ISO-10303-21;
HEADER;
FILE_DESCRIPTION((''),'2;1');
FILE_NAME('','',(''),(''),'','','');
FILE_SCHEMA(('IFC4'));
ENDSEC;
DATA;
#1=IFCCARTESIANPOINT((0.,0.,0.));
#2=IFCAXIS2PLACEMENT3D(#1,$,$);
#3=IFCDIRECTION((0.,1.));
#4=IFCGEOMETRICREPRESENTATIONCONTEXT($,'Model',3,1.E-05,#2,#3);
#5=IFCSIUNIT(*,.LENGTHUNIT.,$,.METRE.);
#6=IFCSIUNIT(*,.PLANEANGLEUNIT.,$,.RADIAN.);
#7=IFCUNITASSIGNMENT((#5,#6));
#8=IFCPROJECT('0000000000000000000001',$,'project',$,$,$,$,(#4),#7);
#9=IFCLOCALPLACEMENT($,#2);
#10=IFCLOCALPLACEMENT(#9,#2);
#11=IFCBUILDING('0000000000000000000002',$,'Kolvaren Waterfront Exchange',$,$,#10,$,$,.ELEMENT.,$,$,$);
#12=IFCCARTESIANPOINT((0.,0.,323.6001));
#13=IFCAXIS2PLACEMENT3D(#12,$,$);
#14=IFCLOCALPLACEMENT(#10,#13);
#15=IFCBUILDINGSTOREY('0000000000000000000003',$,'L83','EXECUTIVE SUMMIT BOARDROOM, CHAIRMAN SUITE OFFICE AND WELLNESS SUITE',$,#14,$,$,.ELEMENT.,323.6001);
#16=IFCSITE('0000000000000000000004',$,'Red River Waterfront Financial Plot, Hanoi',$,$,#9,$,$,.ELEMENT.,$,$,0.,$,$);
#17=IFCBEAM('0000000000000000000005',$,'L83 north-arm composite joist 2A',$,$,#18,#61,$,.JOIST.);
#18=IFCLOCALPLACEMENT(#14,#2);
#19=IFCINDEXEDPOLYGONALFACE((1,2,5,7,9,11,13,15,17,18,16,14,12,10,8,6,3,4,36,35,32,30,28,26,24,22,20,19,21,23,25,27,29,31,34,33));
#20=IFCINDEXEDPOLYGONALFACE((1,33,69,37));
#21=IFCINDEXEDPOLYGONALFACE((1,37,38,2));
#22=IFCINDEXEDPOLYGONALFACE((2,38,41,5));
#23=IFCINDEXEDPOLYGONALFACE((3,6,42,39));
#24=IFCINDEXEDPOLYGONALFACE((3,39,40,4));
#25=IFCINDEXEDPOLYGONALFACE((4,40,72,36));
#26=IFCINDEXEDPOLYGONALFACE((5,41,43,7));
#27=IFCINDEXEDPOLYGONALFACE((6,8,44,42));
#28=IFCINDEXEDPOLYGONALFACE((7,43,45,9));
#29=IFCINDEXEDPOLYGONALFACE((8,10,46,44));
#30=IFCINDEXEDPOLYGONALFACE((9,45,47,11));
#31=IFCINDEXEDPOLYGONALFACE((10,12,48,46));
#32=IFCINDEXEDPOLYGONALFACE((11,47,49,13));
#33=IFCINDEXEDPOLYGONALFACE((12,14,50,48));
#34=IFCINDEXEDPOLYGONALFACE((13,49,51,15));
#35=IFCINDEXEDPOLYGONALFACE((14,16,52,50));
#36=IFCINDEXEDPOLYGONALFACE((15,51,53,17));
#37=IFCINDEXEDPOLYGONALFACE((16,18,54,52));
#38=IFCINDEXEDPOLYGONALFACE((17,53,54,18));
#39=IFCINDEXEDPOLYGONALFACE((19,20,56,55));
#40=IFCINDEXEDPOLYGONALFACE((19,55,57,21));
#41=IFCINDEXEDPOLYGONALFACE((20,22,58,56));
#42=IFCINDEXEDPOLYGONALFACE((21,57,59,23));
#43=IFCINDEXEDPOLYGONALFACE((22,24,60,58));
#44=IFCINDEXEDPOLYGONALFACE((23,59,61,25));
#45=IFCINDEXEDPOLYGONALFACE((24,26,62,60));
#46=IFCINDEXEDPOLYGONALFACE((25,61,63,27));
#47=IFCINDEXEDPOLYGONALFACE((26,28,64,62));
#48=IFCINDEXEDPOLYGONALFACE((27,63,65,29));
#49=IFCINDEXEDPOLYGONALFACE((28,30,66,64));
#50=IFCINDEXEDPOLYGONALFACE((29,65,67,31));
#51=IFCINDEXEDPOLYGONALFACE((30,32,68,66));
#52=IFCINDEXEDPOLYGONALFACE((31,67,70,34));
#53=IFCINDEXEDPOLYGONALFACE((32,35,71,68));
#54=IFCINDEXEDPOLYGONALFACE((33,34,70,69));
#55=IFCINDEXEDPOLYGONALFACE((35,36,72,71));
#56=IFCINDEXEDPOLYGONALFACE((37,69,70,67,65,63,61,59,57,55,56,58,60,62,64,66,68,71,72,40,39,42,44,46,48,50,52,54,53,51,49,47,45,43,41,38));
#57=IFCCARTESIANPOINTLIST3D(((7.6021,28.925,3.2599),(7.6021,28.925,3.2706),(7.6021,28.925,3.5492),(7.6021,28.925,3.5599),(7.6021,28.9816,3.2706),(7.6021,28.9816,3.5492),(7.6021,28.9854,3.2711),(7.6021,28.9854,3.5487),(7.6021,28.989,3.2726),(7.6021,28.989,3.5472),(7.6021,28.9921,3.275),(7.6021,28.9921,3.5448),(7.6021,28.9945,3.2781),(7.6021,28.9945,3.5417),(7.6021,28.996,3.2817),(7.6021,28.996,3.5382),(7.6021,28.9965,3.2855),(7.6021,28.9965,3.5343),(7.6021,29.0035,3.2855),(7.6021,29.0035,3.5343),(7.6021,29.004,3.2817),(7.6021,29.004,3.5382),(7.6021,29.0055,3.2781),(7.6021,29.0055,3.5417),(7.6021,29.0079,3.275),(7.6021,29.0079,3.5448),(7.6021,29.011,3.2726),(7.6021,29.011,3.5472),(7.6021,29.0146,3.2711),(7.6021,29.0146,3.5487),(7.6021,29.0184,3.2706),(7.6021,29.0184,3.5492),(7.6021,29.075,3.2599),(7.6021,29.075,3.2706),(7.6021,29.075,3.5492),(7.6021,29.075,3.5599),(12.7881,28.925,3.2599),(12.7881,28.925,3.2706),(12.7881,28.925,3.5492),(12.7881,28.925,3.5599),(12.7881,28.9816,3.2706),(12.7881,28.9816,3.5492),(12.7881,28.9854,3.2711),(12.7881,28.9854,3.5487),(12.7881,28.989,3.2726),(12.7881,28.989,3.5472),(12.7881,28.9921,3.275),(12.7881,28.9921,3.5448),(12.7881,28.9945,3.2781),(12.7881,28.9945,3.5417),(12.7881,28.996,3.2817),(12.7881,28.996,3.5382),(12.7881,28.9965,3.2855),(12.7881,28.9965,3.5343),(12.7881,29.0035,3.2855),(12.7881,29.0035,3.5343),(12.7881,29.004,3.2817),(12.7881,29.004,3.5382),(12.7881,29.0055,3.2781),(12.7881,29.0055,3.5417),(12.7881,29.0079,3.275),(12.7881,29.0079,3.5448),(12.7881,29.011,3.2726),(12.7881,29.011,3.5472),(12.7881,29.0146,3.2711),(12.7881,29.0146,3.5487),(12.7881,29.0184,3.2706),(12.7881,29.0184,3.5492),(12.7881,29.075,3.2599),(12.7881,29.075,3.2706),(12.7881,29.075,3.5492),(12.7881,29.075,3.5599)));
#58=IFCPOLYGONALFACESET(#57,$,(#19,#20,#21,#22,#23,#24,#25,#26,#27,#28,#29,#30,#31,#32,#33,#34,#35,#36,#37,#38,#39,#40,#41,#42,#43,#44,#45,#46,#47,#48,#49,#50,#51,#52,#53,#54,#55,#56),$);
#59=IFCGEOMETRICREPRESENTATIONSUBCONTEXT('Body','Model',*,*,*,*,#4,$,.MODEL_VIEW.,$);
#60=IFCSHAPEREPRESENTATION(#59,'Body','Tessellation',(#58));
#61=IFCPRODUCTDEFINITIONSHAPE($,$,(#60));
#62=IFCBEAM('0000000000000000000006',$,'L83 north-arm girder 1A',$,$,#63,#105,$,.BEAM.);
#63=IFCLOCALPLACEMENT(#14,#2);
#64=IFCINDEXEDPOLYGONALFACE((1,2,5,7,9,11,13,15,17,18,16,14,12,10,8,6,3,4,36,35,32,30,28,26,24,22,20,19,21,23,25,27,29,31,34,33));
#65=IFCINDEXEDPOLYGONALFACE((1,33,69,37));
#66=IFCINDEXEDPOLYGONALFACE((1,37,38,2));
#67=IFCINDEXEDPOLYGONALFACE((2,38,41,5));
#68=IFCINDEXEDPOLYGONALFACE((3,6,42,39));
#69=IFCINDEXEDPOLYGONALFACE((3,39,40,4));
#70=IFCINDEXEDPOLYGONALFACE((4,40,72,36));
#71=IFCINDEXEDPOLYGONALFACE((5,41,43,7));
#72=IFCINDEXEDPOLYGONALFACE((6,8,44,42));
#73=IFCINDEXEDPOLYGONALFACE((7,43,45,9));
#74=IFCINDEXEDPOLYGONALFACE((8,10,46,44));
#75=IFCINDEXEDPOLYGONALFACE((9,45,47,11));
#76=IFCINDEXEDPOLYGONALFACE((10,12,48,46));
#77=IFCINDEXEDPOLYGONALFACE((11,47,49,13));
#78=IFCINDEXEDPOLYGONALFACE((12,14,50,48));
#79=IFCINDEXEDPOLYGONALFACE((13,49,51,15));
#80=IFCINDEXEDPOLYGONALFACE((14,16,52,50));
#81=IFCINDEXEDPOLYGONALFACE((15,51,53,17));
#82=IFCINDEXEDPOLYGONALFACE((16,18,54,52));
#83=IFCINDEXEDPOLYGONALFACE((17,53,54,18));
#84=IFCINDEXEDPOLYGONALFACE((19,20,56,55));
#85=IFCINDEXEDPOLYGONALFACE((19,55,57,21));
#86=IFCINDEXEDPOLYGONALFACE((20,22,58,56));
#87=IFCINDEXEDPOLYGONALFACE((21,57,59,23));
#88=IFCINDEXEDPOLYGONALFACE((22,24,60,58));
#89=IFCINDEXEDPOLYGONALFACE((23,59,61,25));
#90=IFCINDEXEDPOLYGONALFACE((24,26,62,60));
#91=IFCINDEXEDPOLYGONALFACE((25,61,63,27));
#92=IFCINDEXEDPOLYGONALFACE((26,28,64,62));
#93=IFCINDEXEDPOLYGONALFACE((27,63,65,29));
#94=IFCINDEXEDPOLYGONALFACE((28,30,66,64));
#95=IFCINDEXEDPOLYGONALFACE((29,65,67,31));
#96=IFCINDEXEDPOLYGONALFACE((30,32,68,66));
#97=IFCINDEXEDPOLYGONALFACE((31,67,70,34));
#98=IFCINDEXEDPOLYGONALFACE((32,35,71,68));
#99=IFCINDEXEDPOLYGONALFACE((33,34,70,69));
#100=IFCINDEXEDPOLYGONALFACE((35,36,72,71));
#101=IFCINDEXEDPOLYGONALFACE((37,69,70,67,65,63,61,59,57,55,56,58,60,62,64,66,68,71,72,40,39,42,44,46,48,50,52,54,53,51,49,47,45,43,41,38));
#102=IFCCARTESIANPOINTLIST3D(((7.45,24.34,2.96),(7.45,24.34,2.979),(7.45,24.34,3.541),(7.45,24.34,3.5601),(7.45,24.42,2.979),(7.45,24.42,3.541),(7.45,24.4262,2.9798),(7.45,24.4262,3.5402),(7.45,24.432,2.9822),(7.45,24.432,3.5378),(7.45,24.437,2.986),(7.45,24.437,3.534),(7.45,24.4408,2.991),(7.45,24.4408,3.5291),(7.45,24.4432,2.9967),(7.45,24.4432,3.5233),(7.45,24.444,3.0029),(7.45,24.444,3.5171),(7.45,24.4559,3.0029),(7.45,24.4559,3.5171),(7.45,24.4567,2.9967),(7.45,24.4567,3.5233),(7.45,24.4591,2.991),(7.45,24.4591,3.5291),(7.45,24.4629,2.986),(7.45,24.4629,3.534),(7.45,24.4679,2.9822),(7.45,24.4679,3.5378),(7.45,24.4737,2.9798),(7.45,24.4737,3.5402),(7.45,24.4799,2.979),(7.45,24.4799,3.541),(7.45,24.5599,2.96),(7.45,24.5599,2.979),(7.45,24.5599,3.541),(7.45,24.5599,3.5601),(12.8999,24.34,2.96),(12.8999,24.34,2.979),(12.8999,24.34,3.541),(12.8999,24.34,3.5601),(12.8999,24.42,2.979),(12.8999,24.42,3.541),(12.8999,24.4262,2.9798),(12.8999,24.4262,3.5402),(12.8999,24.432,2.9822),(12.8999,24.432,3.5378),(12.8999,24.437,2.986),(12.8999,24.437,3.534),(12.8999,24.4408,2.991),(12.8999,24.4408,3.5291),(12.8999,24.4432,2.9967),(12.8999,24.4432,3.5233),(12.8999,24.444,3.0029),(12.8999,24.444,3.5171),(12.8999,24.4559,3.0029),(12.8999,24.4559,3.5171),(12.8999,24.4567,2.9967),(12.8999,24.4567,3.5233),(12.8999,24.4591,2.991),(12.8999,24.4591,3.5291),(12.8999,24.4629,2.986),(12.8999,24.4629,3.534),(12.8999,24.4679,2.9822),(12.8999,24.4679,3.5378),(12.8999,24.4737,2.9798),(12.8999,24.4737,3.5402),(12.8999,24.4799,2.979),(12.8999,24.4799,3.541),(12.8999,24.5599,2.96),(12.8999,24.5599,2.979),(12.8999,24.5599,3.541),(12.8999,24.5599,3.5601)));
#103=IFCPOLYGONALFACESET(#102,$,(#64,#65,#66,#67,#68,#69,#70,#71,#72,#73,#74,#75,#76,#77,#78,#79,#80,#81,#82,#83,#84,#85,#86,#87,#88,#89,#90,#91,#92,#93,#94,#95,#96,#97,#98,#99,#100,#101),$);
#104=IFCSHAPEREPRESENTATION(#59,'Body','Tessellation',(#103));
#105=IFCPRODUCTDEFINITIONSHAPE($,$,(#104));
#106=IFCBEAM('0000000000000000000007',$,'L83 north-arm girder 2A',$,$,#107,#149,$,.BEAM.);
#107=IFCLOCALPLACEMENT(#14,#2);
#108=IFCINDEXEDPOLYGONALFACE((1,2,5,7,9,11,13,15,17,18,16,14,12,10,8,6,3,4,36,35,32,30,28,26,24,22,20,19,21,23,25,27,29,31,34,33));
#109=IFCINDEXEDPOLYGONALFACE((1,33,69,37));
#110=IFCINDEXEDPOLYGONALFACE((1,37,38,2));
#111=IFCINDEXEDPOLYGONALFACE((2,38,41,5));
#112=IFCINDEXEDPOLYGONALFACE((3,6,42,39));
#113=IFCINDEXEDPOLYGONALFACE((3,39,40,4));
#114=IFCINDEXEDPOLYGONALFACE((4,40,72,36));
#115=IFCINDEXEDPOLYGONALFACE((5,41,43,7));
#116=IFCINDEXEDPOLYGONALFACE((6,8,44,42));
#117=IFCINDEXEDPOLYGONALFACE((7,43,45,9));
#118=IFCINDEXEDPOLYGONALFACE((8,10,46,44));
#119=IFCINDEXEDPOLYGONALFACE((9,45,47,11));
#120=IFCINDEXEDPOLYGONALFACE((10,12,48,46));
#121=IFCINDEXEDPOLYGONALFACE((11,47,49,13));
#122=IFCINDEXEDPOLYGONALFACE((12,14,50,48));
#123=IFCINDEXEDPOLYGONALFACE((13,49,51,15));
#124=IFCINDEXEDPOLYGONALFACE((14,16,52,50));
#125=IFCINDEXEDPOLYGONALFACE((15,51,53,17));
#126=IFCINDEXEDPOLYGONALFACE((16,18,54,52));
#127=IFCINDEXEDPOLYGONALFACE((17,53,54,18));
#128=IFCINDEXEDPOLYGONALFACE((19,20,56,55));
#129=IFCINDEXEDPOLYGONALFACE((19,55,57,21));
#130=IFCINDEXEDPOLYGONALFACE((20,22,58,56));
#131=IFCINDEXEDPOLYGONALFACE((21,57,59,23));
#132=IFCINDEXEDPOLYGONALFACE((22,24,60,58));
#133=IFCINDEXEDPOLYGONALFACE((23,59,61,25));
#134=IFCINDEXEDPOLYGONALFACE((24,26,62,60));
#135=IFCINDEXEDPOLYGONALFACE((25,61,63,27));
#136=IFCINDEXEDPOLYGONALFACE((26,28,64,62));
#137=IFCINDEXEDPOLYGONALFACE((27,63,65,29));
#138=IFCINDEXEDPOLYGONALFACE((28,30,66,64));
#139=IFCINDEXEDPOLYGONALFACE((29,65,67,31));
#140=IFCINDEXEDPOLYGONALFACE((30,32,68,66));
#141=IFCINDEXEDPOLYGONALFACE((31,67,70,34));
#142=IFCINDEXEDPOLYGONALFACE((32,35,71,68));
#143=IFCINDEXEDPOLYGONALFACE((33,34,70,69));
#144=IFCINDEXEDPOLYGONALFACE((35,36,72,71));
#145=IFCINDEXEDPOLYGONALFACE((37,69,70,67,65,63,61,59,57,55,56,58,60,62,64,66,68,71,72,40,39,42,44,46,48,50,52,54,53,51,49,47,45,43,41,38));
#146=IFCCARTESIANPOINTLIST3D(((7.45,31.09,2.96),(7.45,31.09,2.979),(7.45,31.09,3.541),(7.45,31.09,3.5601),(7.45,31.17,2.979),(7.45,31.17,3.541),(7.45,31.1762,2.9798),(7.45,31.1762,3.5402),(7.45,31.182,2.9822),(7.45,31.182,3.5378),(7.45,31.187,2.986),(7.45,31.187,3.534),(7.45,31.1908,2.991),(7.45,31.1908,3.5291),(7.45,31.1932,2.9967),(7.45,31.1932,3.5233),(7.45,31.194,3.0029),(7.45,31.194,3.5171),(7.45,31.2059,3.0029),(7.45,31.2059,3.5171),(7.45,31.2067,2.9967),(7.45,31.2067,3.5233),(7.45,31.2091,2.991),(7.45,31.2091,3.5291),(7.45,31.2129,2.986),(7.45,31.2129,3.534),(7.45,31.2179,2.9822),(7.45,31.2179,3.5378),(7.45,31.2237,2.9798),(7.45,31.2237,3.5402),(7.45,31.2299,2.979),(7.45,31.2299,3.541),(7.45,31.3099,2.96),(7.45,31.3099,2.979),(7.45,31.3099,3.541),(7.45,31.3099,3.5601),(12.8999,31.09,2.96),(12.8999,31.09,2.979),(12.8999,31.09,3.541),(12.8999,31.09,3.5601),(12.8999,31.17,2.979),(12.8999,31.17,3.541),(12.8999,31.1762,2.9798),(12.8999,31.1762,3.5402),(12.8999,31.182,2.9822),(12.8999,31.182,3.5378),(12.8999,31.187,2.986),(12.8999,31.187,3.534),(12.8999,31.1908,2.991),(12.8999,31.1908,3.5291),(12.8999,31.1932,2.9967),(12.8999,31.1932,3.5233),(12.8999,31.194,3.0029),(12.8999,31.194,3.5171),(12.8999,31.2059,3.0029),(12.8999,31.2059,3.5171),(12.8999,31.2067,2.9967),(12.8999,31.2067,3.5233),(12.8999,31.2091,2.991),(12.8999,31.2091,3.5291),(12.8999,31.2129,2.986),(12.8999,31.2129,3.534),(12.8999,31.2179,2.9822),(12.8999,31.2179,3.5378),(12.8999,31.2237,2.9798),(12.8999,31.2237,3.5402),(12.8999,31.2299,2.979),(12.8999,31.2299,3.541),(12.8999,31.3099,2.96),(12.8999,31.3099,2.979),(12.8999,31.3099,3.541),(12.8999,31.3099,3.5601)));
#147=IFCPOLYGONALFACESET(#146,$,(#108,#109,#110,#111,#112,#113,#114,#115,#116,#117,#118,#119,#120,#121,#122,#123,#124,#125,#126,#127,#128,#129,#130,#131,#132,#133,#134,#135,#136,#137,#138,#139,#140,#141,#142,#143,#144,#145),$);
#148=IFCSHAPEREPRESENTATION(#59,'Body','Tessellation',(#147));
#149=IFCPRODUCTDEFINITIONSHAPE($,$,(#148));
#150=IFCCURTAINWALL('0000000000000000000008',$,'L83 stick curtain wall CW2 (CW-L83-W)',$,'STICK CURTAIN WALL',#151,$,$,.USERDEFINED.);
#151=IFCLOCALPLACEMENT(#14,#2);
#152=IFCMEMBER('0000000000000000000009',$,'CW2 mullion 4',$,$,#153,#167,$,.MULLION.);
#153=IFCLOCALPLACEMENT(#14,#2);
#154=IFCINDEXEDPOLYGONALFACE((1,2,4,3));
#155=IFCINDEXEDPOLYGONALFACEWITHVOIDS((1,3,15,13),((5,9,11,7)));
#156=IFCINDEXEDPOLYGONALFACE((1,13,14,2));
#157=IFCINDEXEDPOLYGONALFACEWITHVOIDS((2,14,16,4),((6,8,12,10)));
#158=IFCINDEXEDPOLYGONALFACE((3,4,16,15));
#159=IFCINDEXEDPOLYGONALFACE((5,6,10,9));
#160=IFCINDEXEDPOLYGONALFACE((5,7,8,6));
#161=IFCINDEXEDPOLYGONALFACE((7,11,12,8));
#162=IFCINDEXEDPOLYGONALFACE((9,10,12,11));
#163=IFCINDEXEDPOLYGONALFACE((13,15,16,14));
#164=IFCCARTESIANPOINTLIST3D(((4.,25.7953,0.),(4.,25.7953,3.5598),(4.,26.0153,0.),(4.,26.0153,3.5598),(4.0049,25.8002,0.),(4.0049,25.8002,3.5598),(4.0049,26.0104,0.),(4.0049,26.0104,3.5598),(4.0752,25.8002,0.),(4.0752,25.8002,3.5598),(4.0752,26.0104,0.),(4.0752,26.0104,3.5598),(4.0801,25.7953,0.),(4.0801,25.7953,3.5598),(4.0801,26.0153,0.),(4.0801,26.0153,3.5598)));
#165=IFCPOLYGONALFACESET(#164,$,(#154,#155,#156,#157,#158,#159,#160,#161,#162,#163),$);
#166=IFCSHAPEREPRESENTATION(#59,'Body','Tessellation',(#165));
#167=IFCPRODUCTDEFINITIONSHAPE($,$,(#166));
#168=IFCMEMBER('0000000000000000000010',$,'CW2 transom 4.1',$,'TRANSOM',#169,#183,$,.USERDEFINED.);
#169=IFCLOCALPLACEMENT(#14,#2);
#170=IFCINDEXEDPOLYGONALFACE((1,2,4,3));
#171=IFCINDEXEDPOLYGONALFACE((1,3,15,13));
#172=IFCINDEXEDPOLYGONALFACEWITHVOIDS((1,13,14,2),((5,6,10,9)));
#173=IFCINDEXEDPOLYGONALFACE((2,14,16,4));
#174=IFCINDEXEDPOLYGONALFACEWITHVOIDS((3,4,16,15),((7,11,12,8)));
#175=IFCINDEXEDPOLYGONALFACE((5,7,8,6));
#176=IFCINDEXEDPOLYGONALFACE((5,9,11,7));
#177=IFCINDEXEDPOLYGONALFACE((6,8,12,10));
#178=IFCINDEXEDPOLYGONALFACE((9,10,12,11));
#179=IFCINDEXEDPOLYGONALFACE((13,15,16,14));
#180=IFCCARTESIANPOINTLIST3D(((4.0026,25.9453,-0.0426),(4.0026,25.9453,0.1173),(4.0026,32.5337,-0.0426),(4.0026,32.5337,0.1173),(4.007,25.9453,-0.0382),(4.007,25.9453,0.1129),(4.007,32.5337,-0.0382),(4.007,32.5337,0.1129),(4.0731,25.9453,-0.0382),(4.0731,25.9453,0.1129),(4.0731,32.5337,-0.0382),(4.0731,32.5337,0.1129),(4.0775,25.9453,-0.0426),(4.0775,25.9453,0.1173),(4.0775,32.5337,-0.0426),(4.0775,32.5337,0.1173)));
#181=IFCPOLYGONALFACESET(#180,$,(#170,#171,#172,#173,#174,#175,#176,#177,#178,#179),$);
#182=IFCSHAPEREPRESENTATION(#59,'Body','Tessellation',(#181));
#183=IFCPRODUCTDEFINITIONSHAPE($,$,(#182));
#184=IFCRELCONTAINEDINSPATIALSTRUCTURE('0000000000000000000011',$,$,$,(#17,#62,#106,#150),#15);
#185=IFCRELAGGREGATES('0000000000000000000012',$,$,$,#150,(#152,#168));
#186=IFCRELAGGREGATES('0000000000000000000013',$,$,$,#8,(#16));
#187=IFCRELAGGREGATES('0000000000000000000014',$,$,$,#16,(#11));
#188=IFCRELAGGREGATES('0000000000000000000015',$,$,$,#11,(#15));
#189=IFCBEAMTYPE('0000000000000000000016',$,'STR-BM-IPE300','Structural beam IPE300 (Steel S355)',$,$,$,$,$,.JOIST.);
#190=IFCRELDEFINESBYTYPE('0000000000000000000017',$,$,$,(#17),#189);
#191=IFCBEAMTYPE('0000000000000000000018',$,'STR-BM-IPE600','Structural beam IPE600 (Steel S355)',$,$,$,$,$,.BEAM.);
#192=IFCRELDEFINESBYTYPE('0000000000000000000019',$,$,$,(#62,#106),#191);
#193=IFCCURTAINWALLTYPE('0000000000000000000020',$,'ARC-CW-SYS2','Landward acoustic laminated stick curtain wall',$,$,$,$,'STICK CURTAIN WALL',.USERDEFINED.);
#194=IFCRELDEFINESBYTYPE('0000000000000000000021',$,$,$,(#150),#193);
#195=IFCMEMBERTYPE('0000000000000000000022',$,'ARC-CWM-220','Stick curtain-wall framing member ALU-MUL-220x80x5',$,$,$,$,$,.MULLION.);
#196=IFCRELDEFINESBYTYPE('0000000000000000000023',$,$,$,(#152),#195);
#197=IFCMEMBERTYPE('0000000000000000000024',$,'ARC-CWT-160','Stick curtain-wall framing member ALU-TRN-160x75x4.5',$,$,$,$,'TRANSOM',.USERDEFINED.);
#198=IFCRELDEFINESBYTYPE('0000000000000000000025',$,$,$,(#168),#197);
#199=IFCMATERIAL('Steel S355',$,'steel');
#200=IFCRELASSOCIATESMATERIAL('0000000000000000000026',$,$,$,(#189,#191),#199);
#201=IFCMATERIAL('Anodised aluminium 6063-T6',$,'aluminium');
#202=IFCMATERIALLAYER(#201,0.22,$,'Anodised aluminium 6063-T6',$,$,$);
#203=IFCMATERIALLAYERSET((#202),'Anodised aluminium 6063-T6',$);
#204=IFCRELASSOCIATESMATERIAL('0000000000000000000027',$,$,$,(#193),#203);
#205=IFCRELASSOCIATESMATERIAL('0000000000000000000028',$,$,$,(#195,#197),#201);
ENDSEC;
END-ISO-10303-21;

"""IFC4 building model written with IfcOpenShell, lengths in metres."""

from ifc_helpers import new_model, si_unit, direction, frame, origin, origin_with_axes, origin_2d, place, context, subcontext, project, spatial, hollow_rectangle, i_section, extrude, source, transform, mapped, material, layer, layer_set, material_profile, profile_set, type_object, element, aggregate, save


model = new_model("IFC4")

# Units and contexts
model_context = context("Model", 3, precision=1e-05, world=origin(), true_north=direction((0.0, 1.0)))
body_context = subcontext(model_context, "Body", "Model", "MODEL_VIEW")
ifc_project = project(units=[si_unit("LENGTHUNIT", "METRE"), si_unit("PLANEANGLEUNIT", "RADIAN")], contexts=[model_context])

# Site, building, storey
site_placement = place(None, origin())
site = spatial("IfcSite", under=ifc_project, at=site_placement, Name="Red River Waterfront Financial Plot, Hanoi", CompositionType="ELEMENT", RefElevation=0.0)
building_placement = place(site_placement, origin())
building = spatial("IfcBuilding", under=site, at=building_placement, Name="Kolvaren Waterfront Exchange", CompositionType="ELEMENT")
storey_placement = place(building_placement, frame((0.0, 0.0, 323.6001)))
storey = spatial("IfcBuildingStorey", under=building, at=storey_placement, Name="L83", Description="EXECUTIVE SUMMIT BOARDROOM, CHAIRMAN SUITE OFFICE AND WELLNESS SUITE", CompositionType="ELEMENT", Elevation=323.6001)

# Beams
ifc_material_1 = material(Name="Steel S355", Category="steel")
ifc_material_profile_1 = material_profile(ifc_material_1, i_section(OverallWidth=0.1499, OverallDepth=0.3, WebThickness=0.0071, FlangeThickness=0.0107, FilletRadius=0.0149, at=origin_2d()), Name="IPE300")
ifc_profile_set_1 = profile_set([ifc_material_profile_1], Name="Steel S355")
beam_type_1 = type_object("IfcBeamType", Name="STR-BM-IPE300", Description="Structural beam IPE300 (Steel S355)", PredefinedType="JOIST", material=ifc_profile_set_1)
for number, where, z_axis, x_axis, name in (
    (1, (7.6021, 29.0, 3.4099), (1.0, 0.0, 0.0), (0.0, 1.0, 0.0), "L83 north-arm composite joist 2A"),
):
    element("IfcBeam", number, at=place(storey_placement, frame(where, z_axis=z_axis, x_axis=x_axis)), inside=storey, type_object=beam_type_1, Name=name, PredefinedType="JOIST", context=body_context, shape_type="SweptSolid", body=[
        extrude(i_section(OverallWidth=0.1499, OverallDepth=0.3, WebThickness=0.0071, FlangeThickness=0.0107, FilletRadius=0.0149, at=origin_2d()), origin(), (0.0, 0.0, 1.0), 5.186),
    ])
ifc_material_profile_2 = material_profile(ifc_material_1, i_section(OverallWidth=0.22, OverallDepth=0.6001, WebThickness=0.012, FlangeThickness=0.019, FilletRadius=0.0239, at=origin_2d()), Name="IPE600")
ifc_profile_set_2 = profile_set([ifc_material_profile_2], Name="Steel S355")
beam_type_2 = type_object("IfcBeamType", Name="STR-BM-IPE600", Description="Structural beam IPE600 (Steel S355)", PredefinedType="BEAM", material=ifc_profile_set_2)
for number, where, z_axis, x_axis, name in (
    (2, (7.45, 24.45, 3.26), (1.0, 0.0, 0.0), (0.0, 1.0, 0.0), "L83 north-arm girder 1A"),
    (3, (7.45, 31.2, 3.26), (1.0, 0.0, 0.0), (0.0, 1.0, 0.0), "L83 north-arm girder 2A"),
):
    element("IfcBeam", number, at=place(storey_placement, frame(where, z_axis=z_axis, x_axis=x_axis)), inside=storey, type_object=beam_type_2, Name=name, PredefinedType="BEAM", context=body_context, shape_type="SweptSolid", body=[
        extrude(i_section(OverallWidth=0.22, OverallDepth=0.6001, WebThickness=0.012, FlangeThickness=0.019, FilletRadius=0.0239, at=origin_2d()), origin(), (0.0, 0.0, 1.0), 5.45),
    ])

# Curtain wall, members
ifc_material_2 = material(Name="Anodised aluminium 6063-T6", Category="aluminium")
ifc_layer_1 = layer(ifc_material_2, 0.22, Name="Anodised aluminium 6063-T6")
ifc_layer_set_1 = layer_set([ifc_layer_1], Name="Anodised aluminium 6063-T6")
curtain_wall_type = type_object("IfcCurtainWallType", Name="ARC-CW-SYS2", Description="Landward acoustic laminated stick curtain wall", ElementType="STICK CURTAIN WALL", PredefinedType="USERDEFINED", material=ifc_layer_set_1)
curtain_wall_placement = place(storey_placement, origin())
curtain_wall = element("IfcCurtainWall", 4, at=curtain_wall_placement, inside=storey, type_object=curtain_wall_type, Name="L83 stick curtain wall CW2 (CW-L83-W)", ObjectType="STICK CURTAIN WALL", PredefinedType="USERDEFINED")
ifc_material_profile_3 = material_profile(ifc_material_2, hollow_rectangle(XDim=0.0801, YDim=0.22, WallThickness=0.0049, at=origin_2d()), Name="ALU-MUL-220x80x5")
ifc_profile_set_3 = profile_set([ifc_material_profile_3], Name="Anodised aluminium 6063-T6")
member_type_1 = type_object("IfcMemberType", Name="ARC-CWM-220", Description="Stick curtain-wall framing member ALU-MUL-220x80x5", PredefinedType="MULLION", material=ifc_profile_set_3)
shared_shape_1 = source(origin_with_axes(), body_context, "Body", "SweptSolid", [
    extrude(hollow_rectangle(XDim=0.0801, YDim=0.22, WallThickness=0.0049, at=origin_2d()), origin(), (0.0, 0.0, 1.0), 3.5598),
])
member_1_placement = place(storey_placement, frame((4.04, 25.9053, 0.0), z_axis=(0.0, 0.0, 1.0), x_axis=(-1.0, 0.0, 0.0)))
member_1 = element("IfcMember", 5, at=member_1_placement, type_object=member_type_1, Name="CW2 mullion 4", PredefinedType="MULLION", context=body_context, shape_type="MappedRepresentation", body=[
    mapped(shared_shape_1, transform((0.0, 0.0, 0.0), x_axis=(1.0, 0.0, 0.0), y_axis=(0.0, 1.0, 0.0), z_axis=(0.0, 0.0, 1.0), scale=1.0)),
])
ifc_material_profile_4 = material_profile(ifc_material_2, hollow_rectangle(XDim=0.075, YDim=0.1599, WallThickness=0.0044, at=origin_2d()), Name="ALU-TRN-160x75x4.5")
ifc_profile_set_4 = profile_set([ifc_material_profile_4], Name="Anodised aluminium 6063-T6")
member_type_2 = type_object("IfcMemberType", Name="ARC-CWT-160", Description="Stick curtain-wall framing member ALU-TRN-160x75x4.5", ElementType="TRANSOM", PredefinedType="USERDEFINED", material=ifc_profile_set_4)
shared_shape_2 = source(origin_with_axes(), body_context, "Body", "SweptSolid", [
    extrude(hollow_rectangle(XDim=0.075, YDim=0.1599, WallThickness=0.0044, at=origin_2d()), origin(), (0.0, 0.0, 1.0), 6.5884),
])
member_2_placement = place(storey_placement, frame((4.04, 25.9453, 0.0374), z_axis=(0.0, 1.0, 0.0), x_axis=(-1.0, 0.0, 0.0)))
member_2 = element("IfcMember", 6, at=member_2_placement, type_object=member_type_2, Name="CW2 transom 4.1", ObjectType="TRANSOM", PredefinedType="USERDEFINED", context=body_context, shape_type="MappedRepresentation", body=[
    mapped(shared_shape_2, transform((0.0, 0.0, 0.0), x_axis=(1.0, 0.0, 0.0), y_axis=(0.0, 1.0, 0.0), z_axis=(0.0, 0.0, 1.0), scale=1.0)),
])
aggregate(curtain_wall, [member_1, member_2])

save(model, "model.ifc")
